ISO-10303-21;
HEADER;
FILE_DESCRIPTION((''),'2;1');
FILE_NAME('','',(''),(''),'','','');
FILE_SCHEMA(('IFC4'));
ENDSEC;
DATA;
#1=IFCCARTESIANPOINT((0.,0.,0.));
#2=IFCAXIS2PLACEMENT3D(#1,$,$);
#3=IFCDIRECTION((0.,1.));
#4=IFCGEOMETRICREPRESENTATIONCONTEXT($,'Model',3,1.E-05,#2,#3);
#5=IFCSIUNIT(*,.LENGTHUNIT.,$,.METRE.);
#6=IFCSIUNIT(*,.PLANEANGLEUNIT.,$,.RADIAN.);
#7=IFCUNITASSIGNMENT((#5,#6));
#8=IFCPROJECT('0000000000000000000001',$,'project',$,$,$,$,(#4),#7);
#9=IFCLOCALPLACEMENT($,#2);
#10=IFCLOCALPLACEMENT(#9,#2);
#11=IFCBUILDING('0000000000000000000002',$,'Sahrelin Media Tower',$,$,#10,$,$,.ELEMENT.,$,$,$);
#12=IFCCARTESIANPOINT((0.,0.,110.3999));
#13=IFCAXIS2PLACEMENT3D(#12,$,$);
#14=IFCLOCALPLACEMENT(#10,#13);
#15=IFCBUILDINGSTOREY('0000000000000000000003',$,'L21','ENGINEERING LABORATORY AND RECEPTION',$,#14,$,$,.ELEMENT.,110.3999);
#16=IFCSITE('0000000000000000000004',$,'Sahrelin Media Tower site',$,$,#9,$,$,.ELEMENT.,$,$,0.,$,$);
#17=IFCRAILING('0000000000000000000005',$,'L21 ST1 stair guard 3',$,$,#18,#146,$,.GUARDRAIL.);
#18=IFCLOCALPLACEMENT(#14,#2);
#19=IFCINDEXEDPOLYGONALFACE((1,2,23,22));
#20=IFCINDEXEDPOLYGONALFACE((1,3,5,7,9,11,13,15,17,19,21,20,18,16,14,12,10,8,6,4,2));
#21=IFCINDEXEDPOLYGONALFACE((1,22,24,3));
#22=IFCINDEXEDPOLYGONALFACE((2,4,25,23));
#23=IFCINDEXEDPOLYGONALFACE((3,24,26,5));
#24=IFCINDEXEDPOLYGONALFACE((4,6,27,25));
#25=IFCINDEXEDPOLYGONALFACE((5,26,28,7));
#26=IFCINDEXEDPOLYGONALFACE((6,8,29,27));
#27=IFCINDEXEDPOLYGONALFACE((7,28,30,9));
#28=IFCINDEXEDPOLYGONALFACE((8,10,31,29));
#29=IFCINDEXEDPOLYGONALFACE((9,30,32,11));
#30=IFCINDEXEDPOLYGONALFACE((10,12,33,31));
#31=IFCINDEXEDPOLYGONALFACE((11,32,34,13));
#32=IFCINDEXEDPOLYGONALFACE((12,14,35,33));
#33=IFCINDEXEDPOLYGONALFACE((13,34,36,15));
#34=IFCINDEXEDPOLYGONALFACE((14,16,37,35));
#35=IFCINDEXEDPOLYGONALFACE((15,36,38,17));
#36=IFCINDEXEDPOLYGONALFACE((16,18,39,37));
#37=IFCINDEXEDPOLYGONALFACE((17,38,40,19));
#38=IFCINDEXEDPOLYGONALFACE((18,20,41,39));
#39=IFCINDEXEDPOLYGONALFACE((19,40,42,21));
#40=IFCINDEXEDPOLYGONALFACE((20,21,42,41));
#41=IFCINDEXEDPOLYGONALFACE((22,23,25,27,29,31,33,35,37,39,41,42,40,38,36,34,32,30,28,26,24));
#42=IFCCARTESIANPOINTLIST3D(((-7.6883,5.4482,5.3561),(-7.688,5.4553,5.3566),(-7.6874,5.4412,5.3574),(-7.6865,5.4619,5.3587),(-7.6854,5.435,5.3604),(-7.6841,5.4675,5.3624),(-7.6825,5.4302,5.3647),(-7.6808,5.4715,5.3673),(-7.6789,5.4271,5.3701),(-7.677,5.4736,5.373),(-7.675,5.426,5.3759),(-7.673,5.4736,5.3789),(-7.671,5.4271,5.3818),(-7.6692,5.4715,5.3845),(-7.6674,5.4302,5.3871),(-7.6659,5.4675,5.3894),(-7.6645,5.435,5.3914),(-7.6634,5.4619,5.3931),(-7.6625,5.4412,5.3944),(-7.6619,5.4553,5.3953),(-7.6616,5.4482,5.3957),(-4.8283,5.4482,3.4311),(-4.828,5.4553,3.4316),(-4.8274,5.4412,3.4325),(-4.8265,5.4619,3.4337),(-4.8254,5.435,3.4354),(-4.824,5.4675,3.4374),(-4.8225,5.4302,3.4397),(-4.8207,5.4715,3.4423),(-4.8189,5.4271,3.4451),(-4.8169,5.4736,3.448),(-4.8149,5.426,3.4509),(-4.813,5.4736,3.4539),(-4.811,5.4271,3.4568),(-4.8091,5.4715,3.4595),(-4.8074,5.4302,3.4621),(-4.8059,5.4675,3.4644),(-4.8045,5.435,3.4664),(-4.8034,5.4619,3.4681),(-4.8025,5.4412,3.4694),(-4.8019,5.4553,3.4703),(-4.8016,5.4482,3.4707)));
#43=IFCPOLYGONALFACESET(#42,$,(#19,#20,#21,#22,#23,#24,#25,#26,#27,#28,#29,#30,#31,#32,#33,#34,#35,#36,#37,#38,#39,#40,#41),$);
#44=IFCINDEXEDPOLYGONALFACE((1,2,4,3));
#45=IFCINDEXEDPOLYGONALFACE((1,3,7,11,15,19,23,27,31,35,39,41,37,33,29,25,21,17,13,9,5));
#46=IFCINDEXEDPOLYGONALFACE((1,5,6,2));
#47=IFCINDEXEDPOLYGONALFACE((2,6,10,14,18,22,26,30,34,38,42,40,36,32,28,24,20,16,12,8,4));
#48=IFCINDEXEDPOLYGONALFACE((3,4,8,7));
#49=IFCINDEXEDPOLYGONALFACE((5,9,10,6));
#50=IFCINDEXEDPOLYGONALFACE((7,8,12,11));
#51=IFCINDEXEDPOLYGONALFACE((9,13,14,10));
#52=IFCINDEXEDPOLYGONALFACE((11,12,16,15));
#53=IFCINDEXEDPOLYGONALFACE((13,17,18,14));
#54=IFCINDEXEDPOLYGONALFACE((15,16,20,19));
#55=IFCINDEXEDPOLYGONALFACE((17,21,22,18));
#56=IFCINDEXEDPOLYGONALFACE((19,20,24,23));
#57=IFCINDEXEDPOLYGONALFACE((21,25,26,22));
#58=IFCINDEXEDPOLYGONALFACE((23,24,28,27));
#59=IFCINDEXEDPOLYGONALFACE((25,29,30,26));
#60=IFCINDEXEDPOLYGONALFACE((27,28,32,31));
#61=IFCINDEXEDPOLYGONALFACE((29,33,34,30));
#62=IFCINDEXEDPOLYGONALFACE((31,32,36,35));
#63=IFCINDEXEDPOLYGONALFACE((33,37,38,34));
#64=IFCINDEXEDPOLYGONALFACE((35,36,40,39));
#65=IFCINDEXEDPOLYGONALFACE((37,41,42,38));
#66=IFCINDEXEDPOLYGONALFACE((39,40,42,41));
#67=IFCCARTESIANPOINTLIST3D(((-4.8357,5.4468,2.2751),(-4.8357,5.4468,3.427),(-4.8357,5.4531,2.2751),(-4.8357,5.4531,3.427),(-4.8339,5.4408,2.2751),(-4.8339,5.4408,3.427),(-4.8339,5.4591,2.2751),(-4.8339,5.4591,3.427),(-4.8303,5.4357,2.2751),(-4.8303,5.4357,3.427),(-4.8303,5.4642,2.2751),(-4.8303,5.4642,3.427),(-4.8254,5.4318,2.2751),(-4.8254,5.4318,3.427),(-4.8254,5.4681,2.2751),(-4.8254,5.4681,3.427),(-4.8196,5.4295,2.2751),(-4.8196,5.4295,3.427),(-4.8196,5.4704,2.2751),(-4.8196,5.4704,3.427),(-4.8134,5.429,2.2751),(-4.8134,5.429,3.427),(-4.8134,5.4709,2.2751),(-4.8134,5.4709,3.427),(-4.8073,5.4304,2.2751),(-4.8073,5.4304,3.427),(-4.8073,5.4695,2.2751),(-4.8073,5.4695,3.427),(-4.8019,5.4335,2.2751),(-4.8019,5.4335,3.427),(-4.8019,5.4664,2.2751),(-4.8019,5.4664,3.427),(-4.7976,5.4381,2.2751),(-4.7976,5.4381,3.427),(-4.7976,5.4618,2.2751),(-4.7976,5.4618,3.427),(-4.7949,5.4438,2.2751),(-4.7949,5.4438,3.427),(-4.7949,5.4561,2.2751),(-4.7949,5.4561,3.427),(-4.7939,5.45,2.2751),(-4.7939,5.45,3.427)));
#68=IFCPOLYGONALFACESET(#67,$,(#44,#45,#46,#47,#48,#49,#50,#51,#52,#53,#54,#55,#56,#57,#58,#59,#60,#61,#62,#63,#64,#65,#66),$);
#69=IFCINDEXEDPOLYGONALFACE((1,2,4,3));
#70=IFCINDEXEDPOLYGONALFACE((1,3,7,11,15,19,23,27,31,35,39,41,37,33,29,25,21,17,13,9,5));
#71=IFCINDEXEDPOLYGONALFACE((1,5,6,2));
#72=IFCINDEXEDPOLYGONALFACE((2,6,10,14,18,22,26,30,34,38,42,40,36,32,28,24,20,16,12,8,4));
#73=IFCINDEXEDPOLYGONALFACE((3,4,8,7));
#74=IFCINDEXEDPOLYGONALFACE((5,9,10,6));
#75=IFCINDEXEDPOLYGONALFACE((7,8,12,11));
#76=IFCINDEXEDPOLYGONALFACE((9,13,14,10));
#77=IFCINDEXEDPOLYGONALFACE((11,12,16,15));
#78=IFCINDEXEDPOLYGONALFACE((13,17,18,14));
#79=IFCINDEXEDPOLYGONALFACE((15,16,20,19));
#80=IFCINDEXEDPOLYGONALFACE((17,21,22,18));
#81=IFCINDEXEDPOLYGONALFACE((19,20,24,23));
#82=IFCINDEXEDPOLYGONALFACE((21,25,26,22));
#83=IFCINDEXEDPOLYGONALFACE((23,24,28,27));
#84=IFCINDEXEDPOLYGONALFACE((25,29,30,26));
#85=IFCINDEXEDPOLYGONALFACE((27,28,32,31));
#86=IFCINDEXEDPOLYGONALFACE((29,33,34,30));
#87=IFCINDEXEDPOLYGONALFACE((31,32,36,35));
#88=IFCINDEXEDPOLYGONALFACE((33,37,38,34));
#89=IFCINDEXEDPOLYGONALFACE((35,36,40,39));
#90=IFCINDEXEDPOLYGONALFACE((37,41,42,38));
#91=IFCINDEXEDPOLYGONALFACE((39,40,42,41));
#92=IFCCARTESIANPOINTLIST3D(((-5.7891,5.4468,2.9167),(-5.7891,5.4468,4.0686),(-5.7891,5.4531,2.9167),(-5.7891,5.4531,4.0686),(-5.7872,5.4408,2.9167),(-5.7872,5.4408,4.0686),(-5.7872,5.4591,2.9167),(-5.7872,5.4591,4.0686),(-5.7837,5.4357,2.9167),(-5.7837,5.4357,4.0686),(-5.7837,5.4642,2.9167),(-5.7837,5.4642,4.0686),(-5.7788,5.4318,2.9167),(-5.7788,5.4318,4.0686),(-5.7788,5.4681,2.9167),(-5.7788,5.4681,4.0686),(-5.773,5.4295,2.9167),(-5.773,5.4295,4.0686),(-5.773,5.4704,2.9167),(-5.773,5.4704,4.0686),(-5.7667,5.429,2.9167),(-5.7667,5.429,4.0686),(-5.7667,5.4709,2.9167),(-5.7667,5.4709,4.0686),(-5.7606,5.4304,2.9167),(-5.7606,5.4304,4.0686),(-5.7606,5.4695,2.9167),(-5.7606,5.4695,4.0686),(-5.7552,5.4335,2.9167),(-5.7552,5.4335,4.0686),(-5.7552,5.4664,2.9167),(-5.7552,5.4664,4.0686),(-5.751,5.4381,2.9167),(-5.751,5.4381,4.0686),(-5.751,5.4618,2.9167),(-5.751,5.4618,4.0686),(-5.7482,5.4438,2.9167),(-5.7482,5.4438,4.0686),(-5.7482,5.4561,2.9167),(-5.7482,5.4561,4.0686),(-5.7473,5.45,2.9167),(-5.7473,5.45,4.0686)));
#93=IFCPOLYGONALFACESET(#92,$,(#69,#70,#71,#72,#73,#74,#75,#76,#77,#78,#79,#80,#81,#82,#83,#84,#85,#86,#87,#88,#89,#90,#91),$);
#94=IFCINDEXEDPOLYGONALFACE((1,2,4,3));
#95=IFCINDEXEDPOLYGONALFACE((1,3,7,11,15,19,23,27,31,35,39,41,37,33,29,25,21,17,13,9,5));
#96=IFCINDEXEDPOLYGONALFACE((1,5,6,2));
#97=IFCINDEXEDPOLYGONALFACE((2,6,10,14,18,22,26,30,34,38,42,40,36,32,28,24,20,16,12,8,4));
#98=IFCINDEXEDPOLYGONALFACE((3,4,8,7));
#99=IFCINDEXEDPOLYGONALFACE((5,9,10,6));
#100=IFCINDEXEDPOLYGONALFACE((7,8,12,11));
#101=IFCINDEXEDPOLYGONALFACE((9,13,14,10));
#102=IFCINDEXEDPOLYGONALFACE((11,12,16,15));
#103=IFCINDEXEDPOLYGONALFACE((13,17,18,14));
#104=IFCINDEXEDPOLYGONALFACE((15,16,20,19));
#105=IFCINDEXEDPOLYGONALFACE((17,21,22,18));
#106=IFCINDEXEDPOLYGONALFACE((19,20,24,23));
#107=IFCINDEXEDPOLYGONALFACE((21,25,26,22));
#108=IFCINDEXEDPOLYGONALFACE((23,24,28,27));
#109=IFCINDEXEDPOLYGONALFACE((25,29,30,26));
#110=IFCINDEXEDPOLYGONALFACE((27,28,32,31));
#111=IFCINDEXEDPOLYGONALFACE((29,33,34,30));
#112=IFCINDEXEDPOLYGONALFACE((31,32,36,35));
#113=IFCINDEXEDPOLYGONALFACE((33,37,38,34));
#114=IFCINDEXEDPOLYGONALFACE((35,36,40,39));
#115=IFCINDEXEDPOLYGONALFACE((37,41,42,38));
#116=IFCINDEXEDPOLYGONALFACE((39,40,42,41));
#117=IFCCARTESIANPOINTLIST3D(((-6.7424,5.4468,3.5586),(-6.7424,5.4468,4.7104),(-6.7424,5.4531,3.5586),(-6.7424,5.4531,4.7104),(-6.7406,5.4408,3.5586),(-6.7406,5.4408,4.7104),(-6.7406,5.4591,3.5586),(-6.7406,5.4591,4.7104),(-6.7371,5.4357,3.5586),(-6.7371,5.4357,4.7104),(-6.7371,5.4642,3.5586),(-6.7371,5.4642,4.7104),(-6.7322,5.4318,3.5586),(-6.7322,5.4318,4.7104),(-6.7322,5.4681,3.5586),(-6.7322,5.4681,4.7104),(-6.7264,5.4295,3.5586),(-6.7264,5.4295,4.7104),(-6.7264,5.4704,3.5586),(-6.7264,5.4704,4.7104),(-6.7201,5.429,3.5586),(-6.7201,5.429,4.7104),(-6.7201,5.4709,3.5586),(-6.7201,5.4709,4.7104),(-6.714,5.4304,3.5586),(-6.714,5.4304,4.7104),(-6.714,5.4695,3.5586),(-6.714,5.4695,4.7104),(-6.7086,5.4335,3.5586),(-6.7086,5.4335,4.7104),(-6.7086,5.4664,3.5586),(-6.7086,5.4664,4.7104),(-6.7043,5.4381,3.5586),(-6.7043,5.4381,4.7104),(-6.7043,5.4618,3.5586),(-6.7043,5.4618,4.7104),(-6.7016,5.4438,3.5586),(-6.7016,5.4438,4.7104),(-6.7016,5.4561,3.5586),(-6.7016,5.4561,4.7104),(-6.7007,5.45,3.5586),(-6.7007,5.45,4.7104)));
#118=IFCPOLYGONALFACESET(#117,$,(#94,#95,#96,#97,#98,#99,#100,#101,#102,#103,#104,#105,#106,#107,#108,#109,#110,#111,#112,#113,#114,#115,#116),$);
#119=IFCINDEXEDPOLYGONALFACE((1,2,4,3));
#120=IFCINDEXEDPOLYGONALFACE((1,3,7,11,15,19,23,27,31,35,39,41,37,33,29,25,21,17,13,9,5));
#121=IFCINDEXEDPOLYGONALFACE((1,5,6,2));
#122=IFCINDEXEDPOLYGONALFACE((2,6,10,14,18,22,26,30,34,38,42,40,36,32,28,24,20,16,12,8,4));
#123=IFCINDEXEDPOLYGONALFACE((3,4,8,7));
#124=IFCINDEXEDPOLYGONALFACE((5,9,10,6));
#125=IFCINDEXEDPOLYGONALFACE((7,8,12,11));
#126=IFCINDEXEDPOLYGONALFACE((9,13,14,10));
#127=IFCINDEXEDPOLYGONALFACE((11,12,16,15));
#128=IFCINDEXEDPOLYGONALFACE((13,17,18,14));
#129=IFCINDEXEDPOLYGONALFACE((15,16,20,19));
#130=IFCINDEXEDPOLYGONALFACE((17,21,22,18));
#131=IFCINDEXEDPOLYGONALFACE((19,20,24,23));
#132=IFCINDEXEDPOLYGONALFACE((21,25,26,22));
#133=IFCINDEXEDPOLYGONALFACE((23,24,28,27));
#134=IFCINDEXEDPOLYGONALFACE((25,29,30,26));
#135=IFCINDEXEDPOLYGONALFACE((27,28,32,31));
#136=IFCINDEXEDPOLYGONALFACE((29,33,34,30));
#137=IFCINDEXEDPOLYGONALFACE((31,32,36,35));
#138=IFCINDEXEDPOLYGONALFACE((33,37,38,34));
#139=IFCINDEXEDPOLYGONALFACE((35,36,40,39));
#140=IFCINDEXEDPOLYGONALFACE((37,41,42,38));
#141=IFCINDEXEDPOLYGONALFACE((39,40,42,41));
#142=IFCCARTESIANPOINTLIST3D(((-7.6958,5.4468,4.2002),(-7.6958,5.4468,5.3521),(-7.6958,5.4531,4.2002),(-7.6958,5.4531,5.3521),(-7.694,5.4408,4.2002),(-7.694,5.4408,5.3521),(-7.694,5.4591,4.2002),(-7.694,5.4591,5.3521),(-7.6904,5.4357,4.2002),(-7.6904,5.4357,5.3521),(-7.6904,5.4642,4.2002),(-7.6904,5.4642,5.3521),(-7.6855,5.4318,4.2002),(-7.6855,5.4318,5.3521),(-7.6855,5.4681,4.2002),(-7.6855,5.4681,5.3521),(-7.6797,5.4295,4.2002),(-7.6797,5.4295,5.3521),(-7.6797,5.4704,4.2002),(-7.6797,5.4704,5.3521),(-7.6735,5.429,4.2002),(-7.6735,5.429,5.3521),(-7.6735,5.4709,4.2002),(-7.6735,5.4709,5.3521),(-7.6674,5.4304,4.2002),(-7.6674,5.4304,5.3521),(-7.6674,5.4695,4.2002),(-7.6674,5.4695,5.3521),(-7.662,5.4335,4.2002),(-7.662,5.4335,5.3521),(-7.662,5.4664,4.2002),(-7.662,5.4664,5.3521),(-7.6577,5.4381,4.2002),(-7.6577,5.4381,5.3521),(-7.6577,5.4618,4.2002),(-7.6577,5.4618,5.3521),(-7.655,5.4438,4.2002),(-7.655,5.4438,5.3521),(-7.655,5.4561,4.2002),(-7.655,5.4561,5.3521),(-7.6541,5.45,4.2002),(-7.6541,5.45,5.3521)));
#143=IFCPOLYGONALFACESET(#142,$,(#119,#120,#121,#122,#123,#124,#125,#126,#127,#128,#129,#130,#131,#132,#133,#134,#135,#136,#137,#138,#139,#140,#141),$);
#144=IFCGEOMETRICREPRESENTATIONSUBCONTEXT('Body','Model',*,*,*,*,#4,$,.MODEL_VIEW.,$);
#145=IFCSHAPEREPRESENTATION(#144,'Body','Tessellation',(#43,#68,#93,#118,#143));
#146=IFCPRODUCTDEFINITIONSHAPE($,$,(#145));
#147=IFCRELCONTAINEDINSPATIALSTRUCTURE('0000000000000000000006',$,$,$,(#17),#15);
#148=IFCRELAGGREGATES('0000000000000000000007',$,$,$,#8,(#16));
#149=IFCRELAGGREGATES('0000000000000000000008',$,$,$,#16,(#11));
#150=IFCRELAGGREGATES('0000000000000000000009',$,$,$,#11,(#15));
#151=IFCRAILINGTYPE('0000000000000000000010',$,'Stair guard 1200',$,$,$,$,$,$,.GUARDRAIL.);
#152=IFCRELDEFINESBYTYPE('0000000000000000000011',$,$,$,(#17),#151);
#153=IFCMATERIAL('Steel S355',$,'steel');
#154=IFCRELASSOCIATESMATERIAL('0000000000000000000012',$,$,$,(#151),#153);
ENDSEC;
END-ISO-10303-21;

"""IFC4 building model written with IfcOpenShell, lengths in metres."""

from ifc_helpers import new_model, si_unit, direction, frame, origin, origin_2d, place, context, subcontext, project, spatial, circle, extrude, material, type_object, element, save


model = new_model("IFC4")

# Units and contexts
model_context = context("Model", 3, precision=1e-05, world=origin(), true_north=direction((0.0, 1.0)))
body_context = subcontext(model_context, "Body", "Model", "MODEL_VIEW")
ifc_project = project(units=[si_unit("LENGTHUNIT", "METRE"), si_unit("PLANEANGLEUNIT", "RADIAN")], contexts=[model_context])

# Site, building, storey
site_placement = place(None, origin())
site = spatial("IfcSite", under=ifc_project, at=site_placement, Name="Sahrelin Media Tower site", CompositionType="ELEMENT", RefElevation=0.0)
building_placement = place(site_placement, origin())
building = spatial("IfcBuilding", under=site, at=building_placement, Name="Sahrelin Media Tower", CompositionType="ELEMENT")
storey_placement = place(building_placement, frame((0.0, 0.0, 110.3999)))
storey = spatial("IfcBuildingStorey", under=building, at=storey_placement, Name="L21", Description="ENGINEERING LABORATORY AND RECEPTION", CompositionType="ELEMENT", Elevation=110.3999)

# Shared definitions
ifc_material_1 = material(Name="Steel S355", Category="steel")

# Railing
railing_type_1 = type_object("IfcRailingType", Name="Stair guard 1200", PredefinedType="GUARDRAIL", material=ifc_material_1)
railing_1_placement = place(storey_placement, frame((-4.8149, 5.45, 2.2751)))
element("IfcRailing", 1, at=railing_1_placement, inside=storey, type_object=railing_type_1, Name="L21 ST1 stair guard 3", PredefinedType="GUARDRAIL", context=body_context, shape_type="SweptSolid", body=[
    extrude(circle(Radius=0.0239, at=origin_2d()), frame((0.0, 0.0, 1.1758), z_axis=(-0.829591, 0.0, 0.558372), x_axis=(0.0, -1.0, 0.0)), (0.0, 0.0, 1.0), 3.4475),
    extrude(circle(Radius=0.021, at=origin_2d()), origin(), (0.0, 0.0, 1.0), 1.1519),
    extrude(circle(Radius=0.021, at=origin_2d()), frame((-0.9534, 0.0, 0.6416)), (0.0, 0.0, 1.0), 1.1519),
    extrude(circle(Radius=0.021, at=origin_2d()), frame((-1.9067, 0.0, 1.2834)), (0.0, 0.0, 1.0), 1.1519),
    extrude(circle(Radius=0.021, at=origin_2d()), frame((-2.8601, 0.0, 1.925)), (0.0, 0.0, 1.0), 1.1519),
])

save(model, "model.ifc")
